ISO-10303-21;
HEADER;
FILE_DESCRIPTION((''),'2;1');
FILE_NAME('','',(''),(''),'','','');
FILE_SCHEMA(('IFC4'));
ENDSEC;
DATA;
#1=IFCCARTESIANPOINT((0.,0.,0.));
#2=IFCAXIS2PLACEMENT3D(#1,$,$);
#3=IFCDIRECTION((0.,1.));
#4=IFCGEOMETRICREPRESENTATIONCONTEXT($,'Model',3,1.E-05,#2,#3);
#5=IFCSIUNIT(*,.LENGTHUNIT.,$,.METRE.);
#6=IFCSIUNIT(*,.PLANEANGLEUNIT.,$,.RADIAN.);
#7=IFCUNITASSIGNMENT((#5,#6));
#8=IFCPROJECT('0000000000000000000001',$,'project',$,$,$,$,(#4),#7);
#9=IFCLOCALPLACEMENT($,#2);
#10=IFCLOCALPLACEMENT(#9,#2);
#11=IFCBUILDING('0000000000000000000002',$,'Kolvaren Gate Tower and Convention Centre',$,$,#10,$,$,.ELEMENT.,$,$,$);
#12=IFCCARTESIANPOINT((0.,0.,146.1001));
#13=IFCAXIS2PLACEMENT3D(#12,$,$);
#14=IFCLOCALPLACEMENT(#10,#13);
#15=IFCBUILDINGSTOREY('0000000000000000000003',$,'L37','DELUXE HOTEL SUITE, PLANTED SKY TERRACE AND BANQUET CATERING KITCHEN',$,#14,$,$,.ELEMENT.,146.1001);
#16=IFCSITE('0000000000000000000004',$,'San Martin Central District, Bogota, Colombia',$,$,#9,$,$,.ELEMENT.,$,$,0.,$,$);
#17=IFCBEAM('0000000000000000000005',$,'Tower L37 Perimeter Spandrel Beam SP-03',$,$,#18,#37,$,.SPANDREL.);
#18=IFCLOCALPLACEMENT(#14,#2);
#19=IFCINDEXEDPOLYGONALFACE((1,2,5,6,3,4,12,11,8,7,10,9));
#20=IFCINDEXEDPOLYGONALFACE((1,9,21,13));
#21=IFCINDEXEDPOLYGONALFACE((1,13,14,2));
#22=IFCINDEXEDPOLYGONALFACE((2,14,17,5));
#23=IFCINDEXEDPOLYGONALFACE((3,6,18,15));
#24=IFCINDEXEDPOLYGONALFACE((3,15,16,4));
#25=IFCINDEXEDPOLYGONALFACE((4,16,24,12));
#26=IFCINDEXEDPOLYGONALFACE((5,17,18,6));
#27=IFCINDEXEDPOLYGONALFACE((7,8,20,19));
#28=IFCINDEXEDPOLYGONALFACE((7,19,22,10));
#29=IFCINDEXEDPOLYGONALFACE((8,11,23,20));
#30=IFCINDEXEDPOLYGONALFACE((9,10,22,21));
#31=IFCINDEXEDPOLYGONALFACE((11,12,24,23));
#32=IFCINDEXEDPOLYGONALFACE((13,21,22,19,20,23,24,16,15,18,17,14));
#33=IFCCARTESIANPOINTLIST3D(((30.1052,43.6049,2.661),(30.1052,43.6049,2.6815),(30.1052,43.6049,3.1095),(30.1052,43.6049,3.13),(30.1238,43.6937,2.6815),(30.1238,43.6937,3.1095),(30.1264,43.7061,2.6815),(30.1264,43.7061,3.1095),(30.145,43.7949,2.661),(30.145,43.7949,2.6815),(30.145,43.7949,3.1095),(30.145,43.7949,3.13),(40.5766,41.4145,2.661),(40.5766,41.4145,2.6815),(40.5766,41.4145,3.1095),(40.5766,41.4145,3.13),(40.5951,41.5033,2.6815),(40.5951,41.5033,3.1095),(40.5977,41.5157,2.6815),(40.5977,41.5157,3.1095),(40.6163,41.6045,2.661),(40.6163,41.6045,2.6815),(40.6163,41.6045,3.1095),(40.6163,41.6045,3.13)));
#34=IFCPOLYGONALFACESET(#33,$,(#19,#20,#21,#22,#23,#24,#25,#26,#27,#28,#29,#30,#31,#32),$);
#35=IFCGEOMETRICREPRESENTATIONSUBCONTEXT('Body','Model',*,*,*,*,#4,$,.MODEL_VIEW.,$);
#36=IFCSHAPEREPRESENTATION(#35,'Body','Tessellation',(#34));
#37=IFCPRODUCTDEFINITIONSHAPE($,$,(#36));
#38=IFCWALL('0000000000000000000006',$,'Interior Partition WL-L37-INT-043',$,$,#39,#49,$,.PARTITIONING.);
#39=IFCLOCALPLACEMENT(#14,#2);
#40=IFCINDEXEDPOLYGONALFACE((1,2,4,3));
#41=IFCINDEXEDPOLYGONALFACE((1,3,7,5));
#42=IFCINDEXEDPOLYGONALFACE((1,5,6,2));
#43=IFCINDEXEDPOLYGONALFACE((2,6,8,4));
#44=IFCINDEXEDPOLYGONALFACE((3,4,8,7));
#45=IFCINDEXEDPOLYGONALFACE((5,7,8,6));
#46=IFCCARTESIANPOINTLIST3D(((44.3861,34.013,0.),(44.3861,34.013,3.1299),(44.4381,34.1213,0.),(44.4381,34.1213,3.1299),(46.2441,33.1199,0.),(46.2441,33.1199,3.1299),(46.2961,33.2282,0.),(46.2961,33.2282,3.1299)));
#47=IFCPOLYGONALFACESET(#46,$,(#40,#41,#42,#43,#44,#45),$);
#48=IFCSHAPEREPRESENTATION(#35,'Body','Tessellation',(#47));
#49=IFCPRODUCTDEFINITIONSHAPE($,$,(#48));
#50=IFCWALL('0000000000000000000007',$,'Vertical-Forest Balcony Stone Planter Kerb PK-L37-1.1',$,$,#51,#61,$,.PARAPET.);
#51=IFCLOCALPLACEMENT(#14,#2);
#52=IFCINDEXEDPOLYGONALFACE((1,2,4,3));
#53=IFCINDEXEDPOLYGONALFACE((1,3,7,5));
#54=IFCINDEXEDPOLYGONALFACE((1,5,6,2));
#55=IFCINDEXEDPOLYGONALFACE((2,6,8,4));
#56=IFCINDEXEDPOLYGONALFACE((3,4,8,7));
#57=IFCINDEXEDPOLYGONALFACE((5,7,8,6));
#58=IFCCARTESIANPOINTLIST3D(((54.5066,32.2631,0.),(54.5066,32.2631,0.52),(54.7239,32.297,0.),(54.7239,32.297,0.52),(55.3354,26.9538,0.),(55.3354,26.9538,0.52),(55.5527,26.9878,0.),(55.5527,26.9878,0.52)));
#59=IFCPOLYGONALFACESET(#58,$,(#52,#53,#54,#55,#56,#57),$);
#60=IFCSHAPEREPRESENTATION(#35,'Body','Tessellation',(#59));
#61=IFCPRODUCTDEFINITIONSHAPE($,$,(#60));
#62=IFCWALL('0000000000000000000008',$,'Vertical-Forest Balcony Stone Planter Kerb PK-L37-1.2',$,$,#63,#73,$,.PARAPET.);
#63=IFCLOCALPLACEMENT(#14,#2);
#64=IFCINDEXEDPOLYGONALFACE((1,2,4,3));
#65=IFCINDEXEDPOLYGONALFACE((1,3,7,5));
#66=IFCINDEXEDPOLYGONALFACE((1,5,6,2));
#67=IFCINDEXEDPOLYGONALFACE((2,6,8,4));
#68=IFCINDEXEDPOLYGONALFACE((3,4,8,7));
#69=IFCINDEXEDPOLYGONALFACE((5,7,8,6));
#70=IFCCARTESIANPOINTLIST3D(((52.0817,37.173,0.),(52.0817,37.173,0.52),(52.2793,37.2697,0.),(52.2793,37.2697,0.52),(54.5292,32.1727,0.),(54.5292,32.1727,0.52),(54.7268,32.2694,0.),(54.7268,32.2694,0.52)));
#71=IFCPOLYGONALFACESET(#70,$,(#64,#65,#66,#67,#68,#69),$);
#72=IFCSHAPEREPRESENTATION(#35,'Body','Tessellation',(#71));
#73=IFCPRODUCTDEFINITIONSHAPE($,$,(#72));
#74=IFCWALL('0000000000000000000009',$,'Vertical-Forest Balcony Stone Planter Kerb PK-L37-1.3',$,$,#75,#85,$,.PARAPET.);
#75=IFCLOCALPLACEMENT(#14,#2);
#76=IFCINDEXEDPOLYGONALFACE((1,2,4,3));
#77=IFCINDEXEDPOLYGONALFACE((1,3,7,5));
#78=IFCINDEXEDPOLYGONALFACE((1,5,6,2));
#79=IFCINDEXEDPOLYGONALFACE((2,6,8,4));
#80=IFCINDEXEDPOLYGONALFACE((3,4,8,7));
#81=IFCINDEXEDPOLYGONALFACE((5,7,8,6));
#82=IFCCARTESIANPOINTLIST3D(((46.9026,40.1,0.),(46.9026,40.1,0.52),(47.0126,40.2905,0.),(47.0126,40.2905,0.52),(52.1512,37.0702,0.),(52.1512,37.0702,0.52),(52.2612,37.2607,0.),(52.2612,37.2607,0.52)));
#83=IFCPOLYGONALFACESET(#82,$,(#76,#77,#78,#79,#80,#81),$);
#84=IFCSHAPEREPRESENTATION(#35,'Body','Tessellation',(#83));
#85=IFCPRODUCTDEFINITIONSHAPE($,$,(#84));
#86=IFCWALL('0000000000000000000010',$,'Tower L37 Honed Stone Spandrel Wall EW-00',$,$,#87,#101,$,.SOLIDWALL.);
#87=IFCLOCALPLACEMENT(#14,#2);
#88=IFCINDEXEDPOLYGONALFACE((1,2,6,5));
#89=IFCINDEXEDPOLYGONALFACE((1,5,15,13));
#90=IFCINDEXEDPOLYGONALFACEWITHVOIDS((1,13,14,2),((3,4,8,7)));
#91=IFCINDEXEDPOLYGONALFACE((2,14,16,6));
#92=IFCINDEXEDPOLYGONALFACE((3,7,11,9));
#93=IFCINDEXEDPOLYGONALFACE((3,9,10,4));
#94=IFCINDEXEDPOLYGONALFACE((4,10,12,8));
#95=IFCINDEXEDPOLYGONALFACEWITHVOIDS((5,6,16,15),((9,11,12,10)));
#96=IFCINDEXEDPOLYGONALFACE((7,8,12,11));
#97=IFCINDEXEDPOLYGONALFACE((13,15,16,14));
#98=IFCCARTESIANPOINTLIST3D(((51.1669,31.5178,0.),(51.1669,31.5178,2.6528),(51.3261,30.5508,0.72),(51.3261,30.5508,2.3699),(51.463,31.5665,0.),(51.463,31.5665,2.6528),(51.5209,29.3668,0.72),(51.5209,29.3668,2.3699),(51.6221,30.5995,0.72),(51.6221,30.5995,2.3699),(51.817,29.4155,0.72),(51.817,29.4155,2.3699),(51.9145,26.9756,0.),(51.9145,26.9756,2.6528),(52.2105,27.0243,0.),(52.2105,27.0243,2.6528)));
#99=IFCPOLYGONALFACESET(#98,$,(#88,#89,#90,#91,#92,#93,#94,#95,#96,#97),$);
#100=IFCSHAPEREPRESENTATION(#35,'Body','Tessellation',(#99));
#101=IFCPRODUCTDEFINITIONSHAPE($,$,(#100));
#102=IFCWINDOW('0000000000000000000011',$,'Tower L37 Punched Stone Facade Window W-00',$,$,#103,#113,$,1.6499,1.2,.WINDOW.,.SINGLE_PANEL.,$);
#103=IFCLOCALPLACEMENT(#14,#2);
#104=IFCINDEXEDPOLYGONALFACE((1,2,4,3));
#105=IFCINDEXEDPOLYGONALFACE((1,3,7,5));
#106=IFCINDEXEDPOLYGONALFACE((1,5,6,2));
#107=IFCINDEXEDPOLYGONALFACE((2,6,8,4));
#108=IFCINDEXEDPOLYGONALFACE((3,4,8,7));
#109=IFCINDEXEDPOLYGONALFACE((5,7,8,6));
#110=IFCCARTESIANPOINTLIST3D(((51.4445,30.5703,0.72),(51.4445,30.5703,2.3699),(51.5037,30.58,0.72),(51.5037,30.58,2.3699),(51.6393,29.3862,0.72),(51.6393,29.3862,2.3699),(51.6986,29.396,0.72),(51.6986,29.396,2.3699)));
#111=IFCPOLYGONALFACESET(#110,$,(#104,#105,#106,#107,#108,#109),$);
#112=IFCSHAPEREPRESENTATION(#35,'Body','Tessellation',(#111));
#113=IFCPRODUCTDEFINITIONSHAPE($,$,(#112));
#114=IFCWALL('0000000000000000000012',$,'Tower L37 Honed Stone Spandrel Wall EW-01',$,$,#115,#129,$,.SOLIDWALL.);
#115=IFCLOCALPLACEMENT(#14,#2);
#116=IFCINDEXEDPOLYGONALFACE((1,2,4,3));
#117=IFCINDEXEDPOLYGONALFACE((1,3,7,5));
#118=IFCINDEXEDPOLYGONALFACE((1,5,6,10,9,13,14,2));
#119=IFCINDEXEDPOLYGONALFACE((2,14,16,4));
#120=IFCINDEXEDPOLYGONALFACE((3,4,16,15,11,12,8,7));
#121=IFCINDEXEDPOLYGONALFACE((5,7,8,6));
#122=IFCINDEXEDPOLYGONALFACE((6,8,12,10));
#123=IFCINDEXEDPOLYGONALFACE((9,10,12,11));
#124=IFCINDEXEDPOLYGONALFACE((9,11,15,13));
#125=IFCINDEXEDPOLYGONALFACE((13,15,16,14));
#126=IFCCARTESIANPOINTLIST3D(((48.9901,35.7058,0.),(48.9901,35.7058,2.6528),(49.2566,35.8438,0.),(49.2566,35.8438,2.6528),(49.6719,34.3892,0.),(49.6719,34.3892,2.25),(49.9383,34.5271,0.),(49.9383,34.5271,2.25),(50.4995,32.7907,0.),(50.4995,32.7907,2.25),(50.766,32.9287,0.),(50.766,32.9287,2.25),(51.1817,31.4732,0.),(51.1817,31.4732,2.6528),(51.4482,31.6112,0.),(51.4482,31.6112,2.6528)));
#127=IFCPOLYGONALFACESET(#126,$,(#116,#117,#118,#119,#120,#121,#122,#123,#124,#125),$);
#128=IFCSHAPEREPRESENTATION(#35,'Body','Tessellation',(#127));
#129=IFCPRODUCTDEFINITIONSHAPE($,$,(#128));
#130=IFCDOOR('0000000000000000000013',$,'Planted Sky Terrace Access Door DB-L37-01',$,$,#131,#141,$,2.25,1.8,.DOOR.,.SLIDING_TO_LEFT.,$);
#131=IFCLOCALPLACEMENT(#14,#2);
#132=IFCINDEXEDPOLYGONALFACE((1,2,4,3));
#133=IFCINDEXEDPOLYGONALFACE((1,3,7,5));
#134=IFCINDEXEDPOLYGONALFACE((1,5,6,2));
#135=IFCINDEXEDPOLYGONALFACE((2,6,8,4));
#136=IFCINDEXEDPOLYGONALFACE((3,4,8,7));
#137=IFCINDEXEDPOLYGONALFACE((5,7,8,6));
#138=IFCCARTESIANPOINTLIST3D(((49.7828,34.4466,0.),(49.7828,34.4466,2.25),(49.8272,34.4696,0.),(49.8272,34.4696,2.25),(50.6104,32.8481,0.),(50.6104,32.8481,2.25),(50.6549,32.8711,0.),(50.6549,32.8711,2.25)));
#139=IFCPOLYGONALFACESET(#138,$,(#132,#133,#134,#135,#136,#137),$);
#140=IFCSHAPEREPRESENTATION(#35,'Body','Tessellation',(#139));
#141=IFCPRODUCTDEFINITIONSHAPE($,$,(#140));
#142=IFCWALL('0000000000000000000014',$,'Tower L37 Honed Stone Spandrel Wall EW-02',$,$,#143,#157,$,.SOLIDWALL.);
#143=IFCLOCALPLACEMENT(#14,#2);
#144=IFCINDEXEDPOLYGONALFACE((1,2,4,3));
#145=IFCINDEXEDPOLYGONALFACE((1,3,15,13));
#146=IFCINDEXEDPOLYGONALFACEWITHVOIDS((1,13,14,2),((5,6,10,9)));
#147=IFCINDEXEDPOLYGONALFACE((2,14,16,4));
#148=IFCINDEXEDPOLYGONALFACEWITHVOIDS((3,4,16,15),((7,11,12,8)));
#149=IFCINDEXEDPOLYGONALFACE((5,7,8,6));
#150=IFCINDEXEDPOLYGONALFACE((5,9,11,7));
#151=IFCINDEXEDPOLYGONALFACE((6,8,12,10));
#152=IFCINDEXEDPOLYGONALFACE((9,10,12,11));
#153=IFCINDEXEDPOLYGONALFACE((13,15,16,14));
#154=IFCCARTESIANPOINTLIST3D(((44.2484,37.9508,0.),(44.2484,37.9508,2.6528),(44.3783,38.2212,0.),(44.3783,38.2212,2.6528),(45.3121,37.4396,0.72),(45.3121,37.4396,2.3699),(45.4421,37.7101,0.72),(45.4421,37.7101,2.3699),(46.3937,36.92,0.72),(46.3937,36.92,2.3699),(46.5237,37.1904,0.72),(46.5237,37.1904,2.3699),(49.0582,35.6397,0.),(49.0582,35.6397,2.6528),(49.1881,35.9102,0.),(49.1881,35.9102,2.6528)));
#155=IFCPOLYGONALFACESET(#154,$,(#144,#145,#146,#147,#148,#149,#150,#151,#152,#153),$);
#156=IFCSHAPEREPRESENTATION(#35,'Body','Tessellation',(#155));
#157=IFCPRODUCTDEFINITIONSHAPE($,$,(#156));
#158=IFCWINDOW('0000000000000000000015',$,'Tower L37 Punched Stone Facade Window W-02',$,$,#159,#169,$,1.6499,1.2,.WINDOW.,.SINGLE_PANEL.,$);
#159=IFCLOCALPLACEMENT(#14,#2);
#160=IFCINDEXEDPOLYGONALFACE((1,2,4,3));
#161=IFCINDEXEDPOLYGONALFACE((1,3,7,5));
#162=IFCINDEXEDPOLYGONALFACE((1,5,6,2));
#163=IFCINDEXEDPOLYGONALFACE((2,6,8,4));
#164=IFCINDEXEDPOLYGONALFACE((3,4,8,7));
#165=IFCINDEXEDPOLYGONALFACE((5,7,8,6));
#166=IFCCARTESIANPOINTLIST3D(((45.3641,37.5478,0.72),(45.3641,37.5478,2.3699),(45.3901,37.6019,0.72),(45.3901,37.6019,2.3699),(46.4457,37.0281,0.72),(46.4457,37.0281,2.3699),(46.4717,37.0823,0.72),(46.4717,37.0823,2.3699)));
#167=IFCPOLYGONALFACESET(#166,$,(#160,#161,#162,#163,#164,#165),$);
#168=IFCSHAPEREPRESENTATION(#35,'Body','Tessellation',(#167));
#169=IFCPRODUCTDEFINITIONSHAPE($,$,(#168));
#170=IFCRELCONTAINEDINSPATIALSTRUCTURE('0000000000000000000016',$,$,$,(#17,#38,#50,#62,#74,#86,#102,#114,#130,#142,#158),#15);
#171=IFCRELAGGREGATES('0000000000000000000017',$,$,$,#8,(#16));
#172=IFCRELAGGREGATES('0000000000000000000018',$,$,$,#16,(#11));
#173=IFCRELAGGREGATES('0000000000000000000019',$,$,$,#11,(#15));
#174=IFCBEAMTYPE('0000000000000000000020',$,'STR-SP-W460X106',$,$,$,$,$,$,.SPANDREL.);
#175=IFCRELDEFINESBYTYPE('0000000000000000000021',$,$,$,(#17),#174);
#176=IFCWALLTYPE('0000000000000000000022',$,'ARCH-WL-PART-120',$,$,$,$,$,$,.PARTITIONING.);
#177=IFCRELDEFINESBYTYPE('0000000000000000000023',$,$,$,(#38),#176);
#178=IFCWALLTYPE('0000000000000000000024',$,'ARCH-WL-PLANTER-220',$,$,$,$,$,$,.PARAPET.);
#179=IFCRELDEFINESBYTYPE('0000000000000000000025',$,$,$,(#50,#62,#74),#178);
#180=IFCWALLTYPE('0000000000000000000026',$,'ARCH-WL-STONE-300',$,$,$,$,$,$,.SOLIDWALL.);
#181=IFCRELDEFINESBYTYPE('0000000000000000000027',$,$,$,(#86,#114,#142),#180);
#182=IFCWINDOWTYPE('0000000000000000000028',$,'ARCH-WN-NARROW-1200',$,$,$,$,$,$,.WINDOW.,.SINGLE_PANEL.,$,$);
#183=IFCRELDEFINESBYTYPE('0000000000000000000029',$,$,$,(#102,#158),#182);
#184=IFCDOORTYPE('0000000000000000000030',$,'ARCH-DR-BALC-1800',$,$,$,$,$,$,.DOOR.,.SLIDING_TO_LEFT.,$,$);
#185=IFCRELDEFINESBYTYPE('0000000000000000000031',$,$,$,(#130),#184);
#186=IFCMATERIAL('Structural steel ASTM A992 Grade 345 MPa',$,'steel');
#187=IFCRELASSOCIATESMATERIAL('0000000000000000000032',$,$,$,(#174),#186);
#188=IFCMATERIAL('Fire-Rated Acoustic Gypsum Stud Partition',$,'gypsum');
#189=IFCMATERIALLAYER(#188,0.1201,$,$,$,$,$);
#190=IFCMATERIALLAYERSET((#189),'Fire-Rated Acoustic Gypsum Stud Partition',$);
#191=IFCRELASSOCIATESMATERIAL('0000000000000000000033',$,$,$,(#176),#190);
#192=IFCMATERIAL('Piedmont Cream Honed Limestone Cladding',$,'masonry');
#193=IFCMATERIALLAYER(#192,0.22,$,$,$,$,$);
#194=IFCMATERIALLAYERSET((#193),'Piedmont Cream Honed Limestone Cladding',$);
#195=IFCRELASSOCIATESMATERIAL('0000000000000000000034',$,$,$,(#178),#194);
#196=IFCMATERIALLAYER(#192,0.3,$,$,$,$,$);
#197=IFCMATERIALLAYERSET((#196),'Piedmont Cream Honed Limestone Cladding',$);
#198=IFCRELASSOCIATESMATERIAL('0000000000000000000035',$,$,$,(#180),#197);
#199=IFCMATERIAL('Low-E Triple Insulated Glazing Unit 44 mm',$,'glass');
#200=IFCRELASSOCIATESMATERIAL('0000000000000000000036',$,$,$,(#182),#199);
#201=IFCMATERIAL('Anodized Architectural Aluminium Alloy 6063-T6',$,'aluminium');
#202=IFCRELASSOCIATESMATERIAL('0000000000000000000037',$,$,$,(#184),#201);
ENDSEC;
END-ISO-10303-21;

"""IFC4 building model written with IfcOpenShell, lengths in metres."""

from ifc_helpers import new_model, si_unit, direction, frame, frame_2d, origin, origin_2d, place, context, subcontext, project, spatial, rectangle, i_section, extrude, material, layer, layer_set, material_profile, profile_set, type_object, element, fill, save


model = new_model("IFC4")

# Units and contexts
model_context = context("Model", 3, precision=1e-05, world=origin(), true_north=direction((0.0, 1.0)))
body_context = subcontext(model_context, "Body", "Model", "MODEL_VIEW")
ifc_project = project(units=[si_unit("LENGTHUNIT", "METRE"), si_unit("PLANEANGLEUNIT", "RADIAN")], contexts=[model_context])

# Site, building, storey
site_placement = place(None, origin())
site = spatial("IfcSite", under=ifc_project, at=site_placement, Name="San Martin Central District, Bogota, Colombia", CompositionType="ELEMENT", RefElevation=0.0)
building_placement = place(site_placement, origin())
building = spatial("IfcBuilding", under=site, at=building_placement, Name="Kolvaren Gate Tower and Convention Centre", CompositionType="ELEMENT")
storey_placement = place(building_placement, frame((0.0, 0.0, 146.1001)))
storey = spatial("IfcBuildingStorey", under=building, at=storey_placement, Name="L37", Description="DELUXE HOTEL SUITE, PLANTED SKY TERRACE AND BANQUET CATERING KITCHEN", CompositionType="ELEMENT", Elevation=146.1001)

# Beam
ifc_material_1 = material(Name="Structural steel ASTM A992 Grade 345 MPa", Category="steel")
ifc_material_profile_1 = material_profile(ifc_material_1, i_section(OverallWidth=0.1941, OverallDepth=0.469, WebThickness=0.0127, FlangeThickness=0.0205, at=origin_2d()), Name="W460X106")
ifc_profile_set_1 = profile_set([ifc_material_profile_1], Name="Structural steel ASTM A992 Grade 345 MPa")
beam_type_1 = type_object("IfcBeamType", Name="STR-SP-W460X106", PredefinedType="SPANDREL", material=ifc_profile_set_1)
beam_1_placement = place(storey_placement, frame((40.5964, 41.5095, 2.8955), z_axis=(-0.978814, 0.20475, 0.0), x_axis=(-0.20475, -0.978814, 0.0)))
element("IfcBeam", 1, at=beam_1_placement, inside=storey, type_object=beam_type_1, Name="Tower L37 Perimeter Spandrel Beam SP-03", PredefinedType="SPANDREL", context=body_context, shape_type="SweptSolid", body=[
    extrude(i_section(OverallWidth=0.1941, OverallDepth=0.469, WebThickness=0.0127, FlangeThickness=0.0205, at=origin_2d()), origin(), (0.0, 0.0, 1.0), 10.698),
])

# Walls
ifc_material_2 = material(Name="Fire-Rated Acoustic Gypsum Stud Partition", Category="gypsum")
ifc_layer_1 = layer(ifc_material_2, 0.1201)
ifc_layer_set_1 = layer_set([ifc_layer_1], Name="Fire-Rated Acoustic Gypsum Stud Partition")
wall_type_1 = type_object("IfcWallType", Name="ARCH-WL-PART-120", PredefinedType="PARTITIONING", material=ifc_layer_set_1)
wall_1_placement = place(storey_placement, frame((44.4121, 34.0671, 0.0), z_axis=(0.0, 0.0, 1.0), x_axis=(0.901283, -0.433232, 0.0)))
element("IfcWall", 2, at=wall_1_placement, inside=storey, type_object=wall_type_1, Name="Interior Partition WL-L37-INT-043", PredefinedType="PARTITIONING", context=body_context, shape_type="SweptSolid", body=[
    extrude(rectangle(XDim=2.0615, YDim=0.1201, at=frame_2d((1.0308, 0.0))), origin(), (0.0, 0.0, 1.0), 3.1299),
])
ifc_material_3 = material(Name="Piedmont Cream Honed Limestone Cladding", Category="masonry")
ifc_layer_2 = layer(ifc_material_3, 0.22)
ifc_layer_set_2 = layer_set([ifc_layer_2], Name="Piedmont Cream Honed Limestone Cladding")
wall_type_2 = type_object("IfcWallType", Name="ARCH-WL-PLANTER-220", PredefinedType="PARAPET", material=ifc_layer_set_2)
wall_2_placement = place(storey_placement, frame((54.6152, 32.28, 0.0), z_axis=(0.0, 0.0, 1.0), x_axis=(0.154245, -0.988033, 0.0)))
element("IfcWall", 3, at=wall_2_placement, inside=storey, type_object=wall_type_2, Name="Vertical-Forest Balcony Stone Planter Kerb PK-L37-1.1", PredefinedType="PARAPET", context=body_context, shape_type="SweptSolid", body=[
    extrude(rectangle(XDim=5.3735, YDim=0.22, at=frame_2d((2.6868, 0.0))), origin(), (0.0, 0.0, 1.0), 0.52),
])
wall_3_placement = place(storey_placement, frame((52.1804, 37.2214, 0.0), z_axis=(0.0, 0.0, 1.0), x_axis=(0.439637, -0.898175, 0.0)))
element("IfcWall", 4, at=wall_3_placement, inside=storey, type_object=wall_type_2, Name="Vertical-Forest Balcony Stone Planter Kerb PK-L37-1.2", PredefinedType="PARAPET", context=body_context, shape_type="SweptSolid", body=[
    extrude(rectangle(XDim=5.5671, YDim=0.22, at=frame_2d((2.7837, 0.0))), origin(), (0.0, 0.0, 1.0), 0.52),
])
wall_4_placement = place(storey_placement, frame((46.9575, 40.1953, 0.0), z_axis=(0.0, 0.0, 1.0), x_axis=(0.866058, -0.499943, 0.0)))
element("IfcWall", 5, at=wall_4_placement, inside=storey, type_object=wall_type_2, Name="Vertical-Forest Balcony Stone Planter Kerb PK-L37-1.3", PredefinedType="PARAPET", context=body_context, shape_type="SweptSolid", body=[
    extrude(rectangle(XDim=6.0603, YDim=0.22, at=frame_2d((3.0303, 0.0))), origin(), (0.0, 0.0, 1.0), 0.52),
])

# Wall, opening, window
ifc_layer_3 = layer(ifc_material_3, 0.3)
ifc_layer_set_3 = layer_set([ifc_layer_3], Name="Piedmont Cream Honed Limestone Cladding")
wall_type_3 = type_object("IfcWallType", Name="ARCH-WL-STONE-300", PredefinedType="SOLIDWALL", material=ifc_layer_set_3)
wall_5_placement = place(storey_placement, frame((51.3149, 31.5422, 0.0), z_axis=(0.0, 0.0, 1.0), x_axis=(0.162395, -0.986726, 0.0)))
wall_5 = element("IfcWall", 6, at=wall_5_placement, inside=storey, type_object=wall_type_3, Name="Tower L37 Honed Stone Spandrel Wall EW-00", PredefinedType="SOLIDWALL", context=body_context, shape_type="SweptSolid", body=[
    extrude(rectangle(XDim=4.6033, YDim=0.3, at=frame_2d((2.3018, 0.0))), origin(), (0.0, 0.0, 1.0), 2.6528),
])
opening_1_placement = place(wall_5_placement, frame((0.98, 0.0, 0.72)))
opening_1 = element("IfcOpeningElement", 7, at=opening_1_placement, cuts=wall_5, PredefinedType="OPENING", context=body_context, shape_type="SweptSolid", body=[
    extrude(rectangle(XDim=1.2, YDim=1.6499, at=frame_2d((0.6001, 0.825))), frame((0.0, 0.1599, 0.0), z_axis=(0.0, -1.0, 0.0), x_axis=(1.0, 0.0, 0.0)), (0.0, 0.0, 1.0), 0.3201),
])
ifc_material_4 = material(Name="Low-E Triple Insulated Glazing Unit 44 mm", Category="glass")
window_type = type_object("IfcWindowType", Name="ARCH-WN-NARROW-1200", PartitioningType="SINGLE_PANEL", PredefinedType="WINDOW", material=ifc_material_4)
window_1_placement = place(opening_1_placement, origin())
window_1 = element("IfcWindow", 8, at=window_1_placement, inside=storey, type_object=window_type, Name="Tower L37 Punched Stone Facade Window W-00", OverallHeight=1.6499, OverallWidth=1.2, PartitioningType="SINGLE_PANEL", PredefinedType="WINDOW", context=body_context, shape_type="SweptSolid", body=[
    extrude(rectangle(XDim=1.2, YDim=1.6499, at=frame_2d((0.6001, 0.825))), frame((0.0, 0.03, 0.0), z_axis=(0.0, -1.0, 0.0), x_axis=(1.0, 0.0, 0.0)), (0.0, 0.0, 1.0), 0.0601),
])
fill(opening_1, window_1)

# Wall, opening, door
wall_6_placement = place(storey_placement, frame((49.1233, 35.7749, 0.0), z_axis=(0.0, 0.0, 1.0), x_axis=(0.45981, -0.888017, 0.0)))
wall_6 = element("IfcWall", 9, at=wall_6_placement, inside=storey, type_object=wall_type_3, Name="Tower L37 Honed Stone Spandrel Wall EW-01", PredefinedType="SOLIDWALL", context=body_context, shape_type="SweptSolid", body=[
    extrude(rectangle(XDim=4.7664, YDim=0.3, at=frame_2d((2.3833, 0.0))), origin(), (0.0, 0.0, 1.0), 2.6528),
])
opening_2_placement = place(wall_6_placement, frame((1.4829, 0.0, 0.0)))
opening_2 = element("IfcOpeningElement", 10, at=opening_2_placement, cuts=wall_6, PredefinedType="OPENING", context=body_context, shape_type="SweptSolid", body=[
    extrude(rectangle(XDim=1.8, YDim=2.25, at=frame_2d((0.8999, 1.125))), frame((0.0, 0.1599, 0.0), z_axis=(0.0, -1.0, 0.0), x_axis=(1.0, 0.0, 0.0)), (0.0, 0.0, 1.0), 0.3201),
])
ifc_material_5 = material(Name="Anodized Architectural Aluminium Alloy 6063-T6", Category="aluminium")
door_type = type_object("IfcDoorType", Name="ARCH-DR-BALC-1800", OperationType="SLIDING_TO_LEFT", PredefinedType="DOOR", material=ifc_material_5)
door_placement = place(opening_2_placement, origin())
door = element("IfcDoor", 11, at=door_placement, inside=storey, type_object=door_type, Name="Planted Sky Terrace Access Door DB-L37-01", OperationType="SLIDING_TO_LEFT", OverallHeight=2.25, OverallWidth=1.8, PredefinedType="DOOR", context=body_context, shape_type="SweptSolid", body=[
    extrude(rectangle(XDim=1.8, YDim=2.25, at=frame_2d((0.8999, 1.125))), frame((0.0, 0.0249, 0.0), z_axis=(0.0, -1.0, 0.0), x_axis=(1.0, 0.0, 0.0)), (0.0, 0.0, 1.0), 0.05),
])
fill(opening_2, door)

# Wall, opening, window
wall_7_placement = place(storey_placement, frame((44.3135, 38.0859, 0.0), z_axis=(0.0, 0.0, 1.0), x_axis=(0.901353, -0.433085, 0.0)))
wall_7 = element("IfcWall", 12, at=wall_7_placement, inside=storey, type_object=wall_type_3, Name="Tower L37 Honed Stone Spandrel Wall EW-02", PredefinedType="SOLIDWALL", context=body_context, shape_type="SweptSolid", body=[
    extrude(rectangle(XDim=5.3362, YDim=0.3, at=frame_2d((2.668, 0.0))), origin(), (0.0, 0.0, 1.0), 2.6528),
])
opening_3_placement = place(wall_7_placement, frame((1.1799, 0.0, 0.72)))
opening_3 = element("IfcOpeningElement", 13, at=opening_3_placement, cuts=wall_7, PredefinedType="OPENING", context=body_context, shape_type="SweptSolid", body=[
    extrude(rectangle(XDim=1.2, YDim=1.6499, at=frame_2d((0.6001, 0.825))), frame((0.0, 0.1599, 0.0), z_axis=(0.0, -1.0, 0.0), x_axis=(1.0, 0.0, 0.0)), (0.0, 0.0, 1.0), 0.3201),
])
window_2_placement = place(opening_3_placement, origin())
window_2 = element("IfcWindow", 14, at=window_2_placement, inside=storey, type_object=window_type, Name="Tower L37 Punched Stone Facade Window W-02", OverallHeight=1.6499, OverallWidth=1.2, PartitioningType="SINGLE_PANEL", PredefinedType="WINDOW", context=body_context, shape_type="SweptSolid", body=[
    extrude(rectangle(XDim=1.2, YDim=1.6499, at=frame_2d((0.6001, 0.825))), frame((0.0, 0.03, 0.0), z_axis=(0.0, -1.0, 0.0), x_axis=(1.0, 0.0, 0.0)), (0.0, 0.0, 1.0), 0.0601),
])
fill(opening_3, window_2)

save(model, "model.ifc")
